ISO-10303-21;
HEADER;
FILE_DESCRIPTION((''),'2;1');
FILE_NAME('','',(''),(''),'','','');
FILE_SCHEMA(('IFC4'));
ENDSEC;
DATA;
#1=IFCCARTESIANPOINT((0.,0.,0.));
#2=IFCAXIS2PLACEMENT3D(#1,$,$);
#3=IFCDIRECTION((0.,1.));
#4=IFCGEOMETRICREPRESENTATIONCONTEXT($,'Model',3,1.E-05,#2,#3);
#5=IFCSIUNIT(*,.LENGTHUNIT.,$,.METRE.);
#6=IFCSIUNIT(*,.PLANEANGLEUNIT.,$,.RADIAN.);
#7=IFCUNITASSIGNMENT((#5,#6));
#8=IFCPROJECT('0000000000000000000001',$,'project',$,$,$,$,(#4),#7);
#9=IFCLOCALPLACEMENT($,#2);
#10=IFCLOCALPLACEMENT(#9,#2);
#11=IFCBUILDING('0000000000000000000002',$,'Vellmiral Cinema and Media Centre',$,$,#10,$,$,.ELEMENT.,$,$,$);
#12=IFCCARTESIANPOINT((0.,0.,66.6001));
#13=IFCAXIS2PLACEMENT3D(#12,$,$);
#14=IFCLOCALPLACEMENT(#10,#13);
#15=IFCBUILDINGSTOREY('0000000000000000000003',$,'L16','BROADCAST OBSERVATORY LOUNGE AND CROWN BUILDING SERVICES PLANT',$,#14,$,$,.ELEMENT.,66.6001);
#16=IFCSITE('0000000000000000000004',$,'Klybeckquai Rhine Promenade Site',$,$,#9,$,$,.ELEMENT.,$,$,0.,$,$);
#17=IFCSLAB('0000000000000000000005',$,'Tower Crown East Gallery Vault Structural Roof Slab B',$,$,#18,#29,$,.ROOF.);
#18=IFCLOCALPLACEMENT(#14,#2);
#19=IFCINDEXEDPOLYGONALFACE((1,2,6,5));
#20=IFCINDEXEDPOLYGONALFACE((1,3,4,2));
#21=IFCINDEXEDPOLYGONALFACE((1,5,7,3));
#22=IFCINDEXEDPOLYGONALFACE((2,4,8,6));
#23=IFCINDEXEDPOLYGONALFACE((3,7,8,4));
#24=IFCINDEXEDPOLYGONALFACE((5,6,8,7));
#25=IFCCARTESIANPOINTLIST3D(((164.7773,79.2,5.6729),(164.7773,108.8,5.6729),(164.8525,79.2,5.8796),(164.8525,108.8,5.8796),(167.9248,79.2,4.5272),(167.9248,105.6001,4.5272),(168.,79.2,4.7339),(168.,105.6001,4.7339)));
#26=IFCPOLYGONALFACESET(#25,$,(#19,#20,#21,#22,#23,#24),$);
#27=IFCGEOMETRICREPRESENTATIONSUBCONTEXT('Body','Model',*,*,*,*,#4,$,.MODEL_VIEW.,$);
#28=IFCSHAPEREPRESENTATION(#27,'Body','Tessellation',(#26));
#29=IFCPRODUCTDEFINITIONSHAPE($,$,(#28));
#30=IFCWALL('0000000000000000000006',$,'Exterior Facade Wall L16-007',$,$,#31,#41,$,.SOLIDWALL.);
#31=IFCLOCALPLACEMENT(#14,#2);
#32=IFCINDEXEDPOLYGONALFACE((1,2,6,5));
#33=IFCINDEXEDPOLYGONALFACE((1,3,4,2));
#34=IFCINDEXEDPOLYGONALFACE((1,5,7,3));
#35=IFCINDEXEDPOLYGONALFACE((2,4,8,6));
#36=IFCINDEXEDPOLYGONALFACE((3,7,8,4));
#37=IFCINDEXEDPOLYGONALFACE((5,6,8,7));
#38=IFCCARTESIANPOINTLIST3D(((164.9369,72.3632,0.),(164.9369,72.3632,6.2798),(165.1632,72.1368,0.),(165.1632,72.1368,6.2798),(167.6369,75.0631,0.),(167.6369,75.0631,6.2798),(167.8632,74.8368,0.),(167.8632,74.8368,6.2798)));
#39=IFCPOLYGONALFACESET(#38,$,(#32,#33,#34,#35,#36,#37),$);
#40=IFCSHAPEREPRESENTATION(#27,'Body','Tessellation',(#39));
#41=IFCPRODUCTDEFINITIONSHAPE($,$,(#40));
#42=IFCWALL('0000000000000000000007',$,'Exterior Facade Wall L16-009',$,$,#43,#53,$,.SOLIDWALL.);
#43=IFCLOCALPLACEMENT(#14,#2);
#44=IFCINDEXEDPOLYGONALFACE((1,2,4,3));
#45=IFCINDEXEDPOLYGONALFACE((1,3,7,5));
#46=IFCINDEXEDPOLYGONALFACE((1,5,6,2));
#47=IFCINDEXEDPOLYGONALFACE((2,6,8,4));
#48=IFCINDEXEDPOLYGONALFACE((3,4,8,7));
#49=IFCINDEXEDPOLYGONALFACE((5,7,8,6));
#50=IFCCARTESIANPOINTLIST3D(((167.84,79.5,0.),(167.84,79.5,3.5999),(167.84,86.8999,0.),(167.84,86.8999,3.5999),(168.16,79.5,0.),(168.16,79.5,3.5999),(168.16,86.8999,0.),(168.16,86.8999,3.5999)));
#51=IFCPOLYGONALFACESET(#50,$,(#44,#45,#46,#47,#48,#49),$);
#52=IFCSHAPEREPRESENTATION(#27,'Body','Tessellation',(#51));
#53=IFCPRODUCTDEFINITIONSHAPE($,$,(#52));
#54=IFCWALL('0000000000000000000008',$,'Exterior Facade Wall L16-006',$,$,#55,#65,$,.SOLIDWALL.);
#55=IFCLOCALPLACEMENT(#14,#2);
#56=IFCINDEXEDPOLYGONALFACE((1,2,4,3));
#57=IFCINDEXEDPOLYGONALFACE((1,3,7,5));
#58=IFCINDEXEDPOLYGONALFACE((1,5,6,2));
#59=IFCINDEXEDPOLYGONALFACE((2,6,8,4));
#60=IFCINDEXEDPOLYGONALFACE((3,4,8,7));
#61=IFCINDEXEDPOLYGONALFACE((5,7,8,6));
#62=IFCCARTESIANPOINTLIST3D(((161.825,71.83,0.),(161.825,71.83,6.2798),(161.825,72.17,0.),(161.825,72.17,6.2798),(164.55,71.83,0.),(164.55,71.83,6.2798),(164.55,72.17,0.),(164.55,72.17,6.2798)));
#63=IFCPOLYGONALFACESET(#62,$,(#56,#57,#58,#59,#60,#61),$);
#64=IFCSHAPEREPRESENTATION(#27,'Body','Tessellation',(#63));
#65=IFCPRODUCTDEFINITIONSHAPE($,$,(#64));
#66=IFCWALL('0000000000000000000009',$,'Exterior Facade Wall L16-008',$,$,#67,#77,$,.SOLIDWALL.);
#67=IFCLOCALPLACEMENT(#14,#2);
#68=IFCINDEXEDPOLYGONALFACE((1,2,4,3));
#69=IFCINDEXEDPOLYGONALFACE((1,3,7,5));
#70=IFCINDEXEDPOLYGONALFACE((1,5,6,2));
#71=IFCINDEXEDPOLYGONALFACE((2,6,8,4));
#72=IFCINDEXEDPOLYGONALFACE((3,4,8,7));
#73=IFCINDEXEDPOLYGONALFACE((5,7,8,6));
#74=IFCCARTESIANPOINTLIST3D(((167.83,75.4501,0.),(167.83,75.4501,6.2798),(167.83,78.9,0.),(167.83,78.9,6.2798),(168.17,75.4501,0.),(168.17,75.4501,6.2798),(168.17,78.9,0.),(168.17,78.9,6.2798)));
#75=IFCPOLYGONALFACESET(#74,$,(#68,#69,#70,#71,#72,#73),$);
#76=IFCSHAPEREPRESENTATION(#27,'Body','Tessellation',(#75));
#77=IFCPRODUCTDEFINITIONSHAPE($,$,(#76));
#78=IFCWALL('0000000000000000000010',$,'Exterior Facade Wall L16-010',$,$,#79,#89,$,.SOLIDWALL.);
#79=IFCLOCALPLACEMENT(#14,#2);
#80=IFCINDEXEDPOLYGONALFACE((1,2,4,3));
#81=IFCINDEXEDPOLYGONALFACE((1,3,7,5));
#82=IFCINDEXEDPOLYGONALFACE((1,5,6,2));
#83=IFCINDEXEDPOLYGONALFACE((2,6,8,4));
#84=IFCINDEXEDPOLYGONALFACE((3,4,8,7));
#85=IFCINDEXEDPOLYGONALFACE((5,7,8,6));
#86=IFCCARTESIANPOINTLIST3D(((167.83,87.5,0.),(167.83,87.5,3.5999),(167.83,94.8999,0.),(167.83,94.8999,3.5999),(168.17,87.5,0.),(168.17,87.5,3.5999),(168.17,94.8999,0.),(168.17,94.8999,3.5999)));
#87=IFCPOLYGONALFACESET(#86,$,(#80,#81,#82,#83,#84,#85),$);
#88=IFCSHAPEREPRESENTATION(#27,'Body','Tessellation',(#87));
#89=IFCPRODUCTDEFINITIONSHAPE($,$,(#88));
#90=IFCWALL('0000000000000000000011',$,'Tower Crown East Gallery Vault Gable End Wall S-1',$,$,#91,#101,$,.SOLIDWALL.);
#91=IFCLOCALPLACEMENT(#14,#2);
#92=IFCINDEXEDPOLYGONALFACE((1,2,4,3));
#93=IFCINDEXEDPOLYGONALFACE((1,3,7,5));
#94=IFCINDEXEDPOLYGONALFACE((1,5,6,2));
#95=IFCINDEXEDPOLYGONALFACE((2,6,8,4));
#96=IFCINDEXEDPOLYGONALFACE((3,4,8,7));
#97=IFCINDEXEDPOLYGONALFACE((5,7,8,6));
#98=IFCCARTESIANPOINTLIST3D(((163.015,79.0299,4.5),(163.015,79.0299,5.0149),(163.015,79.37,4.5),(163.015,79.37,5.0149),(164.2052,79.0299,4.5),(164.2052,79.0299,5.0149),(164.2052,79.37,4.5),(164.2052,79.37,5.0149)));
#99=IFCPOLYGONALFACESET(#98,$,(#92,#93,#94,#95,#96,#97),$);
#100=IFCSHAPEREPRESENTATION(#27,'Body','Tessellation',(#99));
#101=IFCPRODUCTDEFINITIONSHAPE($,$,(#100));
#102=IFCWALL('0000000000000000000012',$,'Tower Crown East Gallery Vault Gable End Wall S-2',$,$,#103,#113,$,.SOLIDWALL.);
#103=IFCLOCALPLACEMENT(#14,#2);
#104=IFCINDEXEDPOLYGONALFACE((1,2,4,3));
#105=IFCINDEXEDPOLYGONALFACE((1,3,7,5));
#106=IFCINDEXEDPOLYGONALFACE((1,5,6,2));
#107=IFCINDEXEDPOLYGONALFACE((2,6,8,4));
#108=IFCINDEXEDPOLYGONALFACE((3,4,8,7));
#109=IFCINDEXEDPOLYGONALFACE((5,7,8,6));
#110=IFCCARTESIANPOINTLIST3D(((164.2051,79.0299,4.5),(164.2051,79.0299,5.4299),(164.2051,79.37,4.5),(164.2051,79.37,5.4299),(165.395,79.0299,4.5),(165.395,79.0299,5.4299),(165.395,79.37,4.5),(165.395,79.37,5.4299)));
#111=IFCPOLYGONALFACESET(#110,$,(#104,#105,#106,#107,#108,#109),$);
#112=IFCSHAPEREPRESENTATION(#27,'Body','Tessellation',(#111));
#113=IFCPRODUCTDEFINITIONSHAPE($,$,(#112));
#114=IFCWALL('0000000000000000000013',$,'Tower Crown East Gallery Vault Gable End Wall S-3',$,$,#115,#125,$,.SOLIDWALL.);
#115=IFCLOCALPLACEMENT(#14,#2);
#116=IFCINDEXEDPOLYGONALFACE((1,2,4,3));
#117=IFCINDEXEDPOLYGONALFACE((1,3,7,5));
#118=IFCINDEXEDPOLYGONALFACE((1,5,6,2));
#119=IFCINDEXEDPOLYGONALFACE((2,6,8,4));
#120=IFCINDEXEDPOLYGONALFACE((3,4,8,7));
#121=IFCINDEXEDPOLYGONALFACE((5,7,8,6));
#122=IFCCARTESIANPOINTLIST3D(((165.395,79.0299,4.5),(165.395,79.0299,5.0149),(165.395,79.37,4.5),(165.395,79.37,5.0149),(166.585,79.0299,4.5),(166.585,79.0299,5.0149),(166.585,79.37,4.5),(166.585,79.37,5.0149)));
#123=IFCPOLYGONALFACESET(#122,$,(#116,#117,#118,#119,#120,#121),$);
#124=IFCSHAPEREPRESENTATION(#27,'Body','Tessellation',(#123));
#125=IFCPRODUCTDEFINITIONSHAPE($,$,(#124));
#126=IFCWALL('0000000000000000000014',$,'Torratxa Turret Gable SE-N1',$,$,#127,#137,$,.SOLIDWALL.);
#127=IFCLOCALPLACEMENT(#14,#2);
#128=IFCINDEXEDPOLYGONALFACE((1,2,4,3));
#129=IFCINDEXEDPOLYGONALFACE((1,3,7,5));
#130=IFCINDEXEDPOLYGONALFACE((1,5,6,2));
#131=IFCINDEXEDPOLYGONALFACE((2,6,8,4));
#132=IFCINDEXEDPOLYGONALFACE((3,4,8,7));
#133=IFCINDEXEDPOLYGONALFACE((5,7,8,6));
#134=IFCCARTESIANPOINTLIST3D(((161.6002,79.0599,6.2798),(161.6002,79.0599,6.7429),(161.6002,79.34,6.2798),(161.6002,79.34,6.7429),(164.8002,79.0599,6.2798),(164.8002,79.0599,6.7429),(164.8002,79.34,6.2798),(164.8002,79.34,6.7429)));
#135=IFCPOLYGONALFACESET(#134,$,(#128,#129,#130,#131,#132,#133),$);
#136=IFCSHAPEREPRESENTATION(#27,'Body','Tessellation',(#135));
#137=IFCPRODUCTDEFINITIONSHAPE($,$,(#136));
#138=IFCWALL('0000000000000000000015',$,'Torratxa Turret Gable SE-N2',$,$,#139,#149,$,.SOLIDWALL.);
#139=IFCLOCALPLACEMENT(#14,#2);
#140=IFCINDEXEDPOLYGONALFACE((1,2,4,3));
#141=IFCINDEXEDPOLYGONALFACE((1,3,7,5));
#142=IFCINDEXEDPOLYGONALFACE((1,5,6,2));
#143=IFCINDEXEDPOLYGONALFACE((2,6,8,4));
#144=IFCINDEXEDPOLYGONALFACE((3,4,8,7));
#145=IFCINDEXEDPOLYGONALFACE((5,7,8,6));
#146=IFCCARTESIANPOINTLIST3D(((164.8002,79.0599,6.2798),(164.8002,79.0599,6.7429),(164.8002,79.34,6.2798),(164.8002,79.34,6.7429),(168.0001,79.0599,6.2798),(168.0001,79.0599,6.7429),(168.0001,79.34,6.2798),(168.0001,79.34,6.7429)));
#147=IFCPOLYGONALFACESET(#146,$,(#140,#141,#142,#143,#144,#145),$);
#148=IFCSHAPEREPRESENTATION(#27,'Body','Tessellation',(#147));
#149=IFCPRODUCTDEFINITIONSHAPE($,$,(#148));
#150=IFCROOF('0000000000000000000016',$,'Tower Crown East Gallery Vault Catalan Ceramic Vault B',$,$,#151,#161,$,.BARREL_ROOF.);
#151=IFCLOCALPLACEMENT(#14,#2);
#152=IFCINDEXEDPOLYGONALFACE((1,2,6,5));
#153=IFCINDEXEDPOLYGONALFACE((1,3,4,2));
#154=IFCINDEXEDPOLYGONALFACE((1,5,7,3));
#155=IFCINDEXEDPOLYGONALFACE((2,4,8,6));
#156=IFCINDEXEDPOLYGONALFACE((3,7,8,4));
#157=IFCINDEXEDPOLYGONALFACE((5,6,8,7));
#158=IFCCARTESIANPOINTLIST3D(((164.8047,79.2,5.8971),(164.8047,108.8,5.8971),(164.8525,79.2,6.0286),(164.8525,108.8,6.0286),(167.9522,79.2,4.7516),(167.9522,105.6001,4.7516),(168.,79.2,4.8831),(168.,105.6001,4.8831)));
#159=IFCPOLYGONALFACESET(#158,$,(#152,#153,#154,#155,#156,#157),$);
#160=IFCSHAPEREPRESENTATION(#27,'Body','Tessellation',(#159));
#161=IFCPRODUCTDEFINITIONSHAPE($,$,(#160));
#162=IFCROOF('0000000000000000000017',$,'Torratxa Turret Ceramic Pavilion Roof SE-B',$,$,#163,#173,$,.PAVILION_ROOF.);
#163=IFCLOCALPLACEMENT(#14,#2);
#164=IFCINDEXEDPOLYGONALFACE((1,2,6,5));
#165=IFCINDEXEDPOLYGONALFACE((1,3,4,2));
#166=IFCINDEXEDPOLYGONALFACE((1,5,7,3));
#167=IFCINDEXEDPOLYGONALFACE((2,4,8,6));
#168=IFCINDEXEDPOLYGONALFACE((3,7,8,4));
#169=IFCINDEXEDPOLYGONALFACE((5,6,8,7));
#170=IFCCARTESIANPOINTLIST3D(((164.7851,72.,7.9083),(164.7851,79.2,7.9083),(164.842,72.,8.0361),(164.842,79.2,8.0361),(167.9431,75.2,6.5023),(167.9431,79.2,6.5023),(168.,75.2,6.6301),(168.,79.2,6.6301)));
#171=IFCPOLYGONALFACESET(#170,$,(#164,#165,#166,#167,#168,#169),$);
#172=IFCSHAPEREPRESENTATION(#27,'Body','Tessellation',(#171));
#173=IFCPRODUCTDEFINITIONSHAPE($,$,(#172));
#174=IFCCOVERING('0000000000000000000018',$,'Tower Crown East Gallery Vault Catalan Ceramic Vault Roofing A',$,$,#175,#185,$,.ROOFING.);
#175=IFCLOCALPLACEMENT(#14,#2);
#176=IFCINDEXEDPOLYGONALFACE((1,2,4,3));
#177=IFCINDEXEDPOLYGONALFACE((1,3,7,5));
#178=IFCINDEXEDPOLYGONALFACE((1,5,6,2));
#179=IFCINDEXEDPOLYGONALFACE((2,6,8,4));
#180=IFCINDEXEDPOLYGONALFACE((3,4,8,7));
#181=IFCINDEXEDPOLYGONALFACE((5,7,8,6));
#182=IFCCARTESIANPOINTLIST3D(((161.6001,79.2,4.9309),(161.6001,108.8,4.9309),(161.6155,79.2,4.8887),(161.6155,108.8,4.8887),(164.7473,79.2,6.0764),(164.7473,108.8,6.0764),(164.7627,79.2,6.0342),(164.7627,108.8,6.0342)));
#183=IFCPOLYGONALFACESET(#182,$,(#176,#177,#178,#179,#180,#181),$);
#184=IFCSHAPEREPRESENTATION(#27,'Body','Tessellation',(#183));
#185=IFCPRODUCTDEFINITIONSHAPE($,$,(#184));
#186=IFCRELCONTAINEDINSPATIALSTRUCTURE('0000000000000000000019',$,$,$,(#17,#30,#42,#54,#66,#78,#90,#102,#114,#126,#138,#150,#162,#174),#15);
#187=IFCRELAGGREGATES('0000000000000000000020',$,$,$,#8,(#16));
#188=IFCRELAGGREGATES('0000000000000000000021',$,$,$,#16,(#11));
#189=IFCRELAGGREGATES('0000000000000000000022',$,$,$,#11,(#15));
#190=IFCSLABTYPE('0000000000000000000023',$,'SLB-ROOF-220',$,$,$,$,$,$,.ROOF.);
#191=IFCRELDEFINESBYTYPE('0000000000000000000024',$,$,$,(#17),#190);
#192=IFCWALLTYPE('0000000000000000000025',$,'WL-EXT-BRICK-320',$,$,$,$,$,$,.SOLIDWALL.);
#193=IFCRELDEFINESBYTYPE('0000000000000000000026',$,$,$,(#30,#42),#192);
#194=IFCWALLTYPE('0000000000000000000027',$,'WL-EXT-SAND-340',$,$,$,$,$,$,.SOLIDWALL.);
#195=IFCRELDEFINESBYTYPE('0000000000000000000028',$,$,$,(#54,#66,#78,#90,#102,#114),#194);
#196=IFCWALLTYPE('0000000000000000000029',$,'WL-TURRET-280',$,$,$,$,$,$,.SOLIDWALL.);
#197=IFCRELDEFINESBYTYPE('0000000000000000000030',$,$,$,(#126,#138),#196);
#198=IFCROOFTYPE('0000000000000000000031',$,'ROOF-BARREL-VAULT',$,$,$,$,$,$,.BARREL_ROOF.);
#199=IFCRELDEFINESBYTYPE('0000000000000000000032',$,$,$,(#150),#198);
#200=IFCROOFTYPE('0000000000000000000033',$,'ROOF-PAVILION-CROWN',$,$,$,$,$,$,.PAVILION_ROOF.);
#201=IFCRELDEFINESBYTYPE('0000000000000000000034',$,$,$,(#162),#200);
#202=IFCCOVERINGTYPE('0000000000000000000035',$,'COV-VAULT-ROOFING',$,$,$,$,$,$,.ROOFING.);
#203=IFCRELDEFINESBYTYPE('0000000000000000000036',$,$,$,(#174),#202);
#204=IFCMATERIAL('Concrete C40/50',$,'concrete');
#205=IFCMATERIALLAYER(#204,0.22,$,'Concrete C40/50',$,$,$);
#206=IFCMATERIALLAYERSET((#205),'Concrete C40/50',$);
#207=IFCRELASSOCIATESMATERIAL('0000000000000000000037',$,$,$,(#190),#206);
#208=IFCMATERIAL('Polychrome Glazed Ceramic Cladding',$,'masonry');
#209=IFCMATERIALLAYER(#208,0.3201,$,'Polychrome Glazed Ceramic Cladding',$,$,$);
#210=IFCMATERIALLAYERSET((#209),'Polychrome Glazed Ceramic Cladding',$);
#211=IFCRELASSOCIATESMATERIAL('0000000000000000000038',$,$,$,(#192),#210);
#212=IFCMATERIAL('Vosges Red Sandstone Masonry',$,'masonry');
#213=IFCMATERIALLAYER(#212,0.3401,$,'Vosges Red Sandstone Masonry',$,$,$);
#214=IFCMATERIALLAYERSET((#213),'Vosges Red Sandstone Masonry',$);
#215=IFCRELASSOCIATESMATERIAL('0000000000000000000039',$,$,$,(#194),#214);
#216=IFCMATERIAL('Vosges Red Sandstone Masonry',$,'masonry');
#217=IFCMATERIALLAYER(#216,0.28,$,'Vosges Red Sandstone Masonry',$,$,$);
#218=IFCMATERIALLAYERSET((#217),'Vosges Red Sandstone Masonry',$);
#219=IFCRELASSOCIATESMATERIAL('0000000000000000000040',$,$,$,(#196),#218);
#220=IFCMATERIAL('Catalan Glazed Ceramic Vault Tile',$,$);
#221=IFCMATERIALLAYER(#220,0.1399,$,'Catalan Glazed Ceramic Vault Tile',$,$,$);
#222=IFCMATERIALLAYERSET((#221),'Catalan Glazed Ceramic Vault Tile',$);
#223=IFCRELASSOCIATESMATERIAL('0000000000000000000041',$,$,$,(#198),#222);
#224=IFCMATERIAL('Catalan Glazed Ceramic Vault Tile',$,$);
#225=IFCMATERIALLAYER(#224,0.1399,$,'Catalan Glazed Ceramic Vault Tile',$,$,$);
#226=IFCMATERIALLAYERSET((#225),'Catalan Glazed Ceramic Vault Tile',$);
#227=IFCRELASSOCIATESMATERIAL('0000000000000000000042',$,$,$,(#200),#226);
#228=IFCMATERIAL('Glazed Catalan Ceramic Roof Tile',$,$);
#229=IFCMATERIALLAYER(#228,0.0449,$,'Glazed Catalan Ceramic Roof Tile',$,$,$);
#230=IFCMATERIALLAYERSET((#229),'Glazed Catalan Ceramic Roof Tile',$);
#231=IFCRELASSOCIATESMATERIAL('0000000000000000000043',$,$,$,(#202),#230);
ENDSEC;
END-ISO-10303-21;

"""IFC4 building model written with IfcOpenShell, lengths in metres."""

from ifc_helpers import new_model, si_unit, direction, frame, frame_2d, origin, place, context, subcontext, project, spatial, polyline, rectangle, outline, extrude, material, layer, layer_set, type_object, element, save


model = new_model("IFC4")

# Units and contexts
model_context = context("Model", 3, precision=1e-05, world=origin(), true_north=direction((0.0, 1.0)))
body_context = subcontext(model_context, "Body", "Model", "MODEL_VIEW")
ifc_project = project(units=[si_unit("LENGTHUNIT", "METRE"), si_unit("PLANEANGLEUNIT", "RADIAN")], contexts=[model_context])

# Site, building, storey
site_placement = place(None, origin())
site = spatial("IfcSite", under=ifc_project, at=site_placement, Name="Klybeckquai Rhine Promenade Site", CompositionType="ELEMENT", RefElevation=0.0)
building_placement = place(site_placement, origin())
building = spatial("IfcBuilding", under=site, at=building_placement, Name="Vellmiral Cinema and Media Centre", CompositionType="ELEMENT")
storey_placement = place(building_placement, frame((0.0, 0.0, 66.6001)))
storey = spatial("IfcBuildingStorey", under=building, at=storey_placement, Name="L16", Description="BROADCAST OBSERVATORY LOUNGE AND CROWN BUILDING SERVICES PLANT", CompositionType="ELEMENT", Elevation=66.6001)

# Slab
ifc_material_1 = material(Name="Concrete C40/50", Category="concrete")
ifc_layer_1 = layer(ifc_material_1, 0.22, Name="Concrete C40/50")
ifc_layer_set_1 = layer_set([ifc_layer_1], Name="Concrete C40/50")
slab_type_1 = type_object("IfcSlabType", Name="SLB-ROOF-220", PredefinedType="ROOF", material=ifc_layer_set_1)
slab_1_placement = place(storey_placement, frame((164.8525, 79.2, 5.8796), z_axis=(0.342065, 0.0, 0.939676), x_axis=(0.939676, 0.0, -0.342065)))
element("IfcSlab", 1, at=slab_1_placement, inside=storey, type_object=slab_type_1, Name="Tower Crown East Gallery Vault Structural Roof Slab B", PredefinedType="ROOF", context=body_context, shape_type="SweptSolid", body=[
    extrude(outline(polyline([(0.0, 0.0), (3.3495, 0.0), (3.3495, 26.4001), (0.0, 29.6001), (0.0, 0.0)])), origin(), (0.0, 0.0, -1.0), 0.22),
])

# Walls
ifc_material_2 = material(Name="Polychrome Glazed Ceramic Cladding", Category="masonry")
ifc_layer_2 = layer(ifc_material_2, 0.3201, Name="Polychrome Glazed Ceramic Cladding")
ifc_layer_set_2 = layer_set([ifc_layer_2], Name="Polychrome Glazed Ceramic Cladding")
wall_type_1 = type_object("IfcWallType", Name="WL-EXT-BRICK-320", PredefinedType="SOLIDWALL", material=ifc_layer_set_2)
wall_1_placement = place(storey_placement, frame((165.05, 72.25, 0.0), z_axis=(0.0, 0.0, 1.0), x_axis=(0.707107, 0.707107, 0.0)))
element("IfcWall", 2, at=wall_1_placement, inside=storey, type_object=wall_type_1, Name="Exterior Facade Wall L16-007", PredefinedType="SOLIDWALL", context=body_context, shape_type="SweptSolid", body=[
    extrude(rectangle(XDim=3.8184, YDim=0.3201, at=frame_2d((1.9092, 0.0))), origin(), (0.0, 0.0, 1.0), 6.2798),
])
wall_2_placement = place(storey_placement, frame((168.0, 79.5, 0.0), z_axis=(0.0, 0.0, 1.0), x_axis=(0.0, 1.0, 0.0)))
element("IfcWall", 3, at=wall_2_placement, inside=storey, type_object=wall_type_1, Name="Exterior Facade Wall L16-009", PredefinedType="SOLIDWALL", context=body_context, shape_type="SweptSolid", body=[
    extrude(rectangle(XDim=7.3999, YDim=0.3201, at=frame_2d((3.7, 0.0))), origin(), (0.0, 0.0, 1.0), 3.5999),
])
ifc_material_3 = material(Name="Vosges Red Sandstone Masonry", Category="masonry")
ifc_layer_3 = layer(ifc_material_3, 0.3401, Name="Vosges Red Sandstone Masonry")
ifc_layer_set_3 = layer_set([ifc_layer_3], Name="Vosges Red Sandstone Masonry")
wall_type_2 = type_object("IfcWallType", Name="WL-EXT-SAND-340", PredefinedType="SOLIDWALL", material=ifc_layer_set_3)
wall_3_placement = place(storey_placement, frame((161.825, 72.0, 0.0), z_axis=(0.0, 0.0, 1.0), x_axis=(1.0, 0.0, 0.0)))
element("IfcWall", 4, at=wall_3_placement, inside=storey, type_object=wall_type_2, Name="Exterior Facade Wall L16-006", PredefinedType="SOLIDWALL", context=body_context, shape_type="SweptSolid", body=[
    extrude(rectangle(XDim=2.7251, YDim=0.3401, at=frame_2d((1.3625, 0.0))), origin(), (0.0, 0.0, 1.0), 6.2798),
])
wall_4_placement = place(storey_placement, frame((168.0, 75.45, 0.0), z_axis=(0.0, 0.0, 1.0), x_axis=(0.0, 1.0, 0.0)))
element("IfcWall", 5, at=wall_4_placement, inside=storey, type_object=wall_type_2, Name="Exterior Facade Wall L16-008", PredefinedType="SOLIDWALL", context=body_context, shape_type="SweptSolid", body=[
    extrude(rectangle(XDim=3.45, YDim=0.3401, at=frame_2d((1.7251, 0.0))), origin(), (0.0, 0.0, 1.0), 6.2798),
])
wall_5_placement = place(storey_placement, frame((168.0, 87.5, 0.0), z_axis=(0.0, 0.0, 1.0), x_axis=(0.0, 1.0, 0.0)))
element("IfcWall", 6, at=wall_5_placement, inside=storey, type_object=wall_type_2, Name="Exterior Facade Wall L16-010", PredefinedType="SOLIDWALL", context=body_context, shape_type="SweptSolid", body=[
    extrude(rectangle(XDim=7.3999, YDim=0.3401, at=frame_2d((3.7, 0.0))), origin(), (0.0, 0.0, 1.0), 3.5999),
])
wall_6_placement = place(storey_placement, frame((163.0149, 79.2, 4.5), z_axis=(0.0, 0.0, 1.0), x_axis=(1.0, 0.0, 0.0)))
element("IfcWall", 7, at=wall_6_placement, inside=storey, type_object=wall_type_2, Name="Tower Crown East Gallery Vault Gable End Wall S-1", PredefinedType="SOLIDWALL", context=body_context, shape_type="SweptSolid", body=[
    extrude(rectangle(XDim=1.1902, YDim=0.3401, at=frame_2d((0.5952, 0.0))), origin(), (0.0, 0.0, 1.0), 0.5149),
])
wall_7_placement = place(storey_placement, frame((164.2051, 79.2, 4.5), z_axis=(0.0, 0.0, 1.0), x_axis=(1.0, 0.0, 0.0)))
element("IfcWall", 8, at=wall_7_placement, inside=storey, type_object=wall_type_2, Name="Tower Crown East Gallery Vault Gable End Wall S-2", PredefinedType="SOLIDWALL", context=body_context, shape_type="SweptSolid", body=[
    extrude(rectangle(XDim=1.1899, YDim=0.3401, at=frame_2d((0.595, 0.0))), origin(), (0.0, 0.0, 1.0), 0.9299),
])
wall_8_placement = place(storey_placement, frame((165.395, 79.2, 4.5), z_axis=(0.0, 0.0, 1.0), x_axis=(1.0, 0.0, 0.0)))
element("IfcWall", 9, at=wall_8_placement, inside=storey, type_object=wall_type_2, Name="Tower Crown East Gallery Vault Gable End Wall S-3", PredefinedType="SOLIDWALL", context=body_context, shape_type="SweptSolid", body=[
    extrude(rectangle(XDim=1.1899, YDim=0.3401, at=frame_2d((0.595, 0.0))), origin(), (0.0, 0.0, 1.0), 0.5149),
])
ifc_material_4 = material(Name="Vosges Red Sandstone Masonry", Category="masonry")
ifc_layer_4 = layer(ifc_material_4, 0.28, Name="Vosges Red Sandstone Masonry")
ifc_layer_set_4 = layer_set([ifc_layer_4], Name="Vosges Red Sandstone Masonry")
wall_type_3 = type_object("IfcWallType", Name="WL-TURRET-280", PredefinedType="SOLIDWALL", material=ifc_layer_set_4)
for number, where, z_axis, x_axis, name in (
    (10, (161.6001, 79.2, 6.2798), (0.0, 0.0, 1.0), (1.0, 0.0, 0.0), "Torratxa Turret Gable SE-N1"),
    (11, (164.8, 79.2, 6.2798), (0.0, 0.0, 1.0), (1.0, 0.0, 0.0), "Torratxa Turret Gable SE-N2"),
):
    element("IfcWall", number, at=place(storey_placement, frame(where, z_axis=z_axis, x_axis=x_axis)), inside=storey, type_object=wall_type_3, Name=name, PredefinedType="SOLIDWALL", context=body_context, shape_type="SweptSolid", body=[
        extrude(rectangle(XDim=3.2, YDim=0.28, at=frame_2d((1.6001, 0.0))), origin(), (0.0, 0.0, 1.0), 0.4631),
    ])

# Roofs
ifc_material_5 = material(Name="Catalan Glazed Ceramic Vault Tile")
ifc_layer_5 = layer(ifc_material_5, 0.1399, Name="Catalan Glazed Ceramic Vault Tile")
ifc_layer_set_5 = layer_set([ifc_layer_5], Name="Catalan Glazed Ceramic Vault Tile")
roof_type_1 = type_object("IfcRoofType", Name="ROOF-BARREL-VAULT", PredefinedType="BARREL_ROOF", material=ifc_layer_set_5)
roof_1_placement = place(storey_placement, frame((164.8525, 79.2, 6.0286), z_axis=(0.342001, 0.0, 0.9397), x_axis=(0.9397, 0.0, -0.342001)))
element("IfcRoof", 12, at=roof_1_placement, inside=storey, type_object=roof_type_1, Name="Tower Crown East Gallery Vault Catalan Ceramic Vault B", PredefinedType="BARREL_ROOF", context=body_context, shape_type="SweptSolid", body=[
    extrude(outline(polyline([(0.0, 0.0), (3.3494, 0.0), (3.3494, 26.4001), (0.0, 29.6001), (0.0, 0.0)])), origin(), (0.0, 0.0, -1.0), 0.1399),
])
ifc_material_6 = material(Name="Catalan Glazed Ceramic Vault Tile")
ifc_layer_6 = layer(ifc_material_6, 0.1399, Name="Catalan Glazed Ceramic Vault Tile")
ifc_layer_set_6 = layer_set([ifc_layer_6], Name="Catalan Glazed Ceramic Vault Tile")
roof_type_2 = type_object("IfcRoofType", Name="ROOF-PAVILION-CROWN", PredefinedType="PAVILION_ROOF", material=ifc_layer_set_6)
roof_2_placement = place(storey_placement, frame((164.842, 72.0, 8.0361), z_axis=(0.406735, 0.0, 0.913546), x_axis=(0.670402, 0.679316, -0.29848)))
element("IfcRoof", 13, at=roof_2_placement, inside=storey, type_object=roof_type_2, Name="Torratxa Turret Ceramic Pavilion Roof SE-B", PredefinedType="PAVILION_ROOF", context=body_context, shape_type="SweptSolid", body=[
    extrude(outline(polyline([(0.0, 0.0), (4.7105, 0.0), (7.4278, 2.9354), (4.891, 5.2837), (0.0, 0.0)])), origin(), (0.0, 0.0, -1.0), 0.1399),
])

# Covering
ifc_material_7 = material(Name="Glazed Catalan Ceramic Roof Tile")
ifc_layer_7 = layer(ifc_material_7, 0.0449, Name="Glazed Catalan Ceramic Roof Tile")
ifc_layer_set_7 = layer_set([ifc_layer_7], Name="Glazed Catalan Ceramic Roof Tile")
covering_type = type_object("IfcCoveringType", Name="COV-VAULT-ROOFING", PredefinedType="ROOFING", material=ifc_layer_set_7)
covering_1_placement = place(storey_placement, frame((161.6001, 79.2, 4.9309), z_axis=(-0.342024, 0.0, 0.939691), x_axis=(0.939691, 0.0, 0.342024)))
element("IfcCovering", 14, at=covering_1_placement, inside=storey, type_object=covering_type, Name="Tower Crown East Gallery Vault Catalan Ceramic Vault Roofing A", PredefinedType="ROOFING", context=body_context, shape_type="SweptSolid", body=[
    extrude(outline(polyline([(0.0, 0.0), (3.3492, 0.0), (3.3492, 29.6001), (0.0, 29.6001), (0.0, 0.0)])), origin(), (0.0, 0.0, -1.0), 0.0449),
])

save(model, "model.ifc")
